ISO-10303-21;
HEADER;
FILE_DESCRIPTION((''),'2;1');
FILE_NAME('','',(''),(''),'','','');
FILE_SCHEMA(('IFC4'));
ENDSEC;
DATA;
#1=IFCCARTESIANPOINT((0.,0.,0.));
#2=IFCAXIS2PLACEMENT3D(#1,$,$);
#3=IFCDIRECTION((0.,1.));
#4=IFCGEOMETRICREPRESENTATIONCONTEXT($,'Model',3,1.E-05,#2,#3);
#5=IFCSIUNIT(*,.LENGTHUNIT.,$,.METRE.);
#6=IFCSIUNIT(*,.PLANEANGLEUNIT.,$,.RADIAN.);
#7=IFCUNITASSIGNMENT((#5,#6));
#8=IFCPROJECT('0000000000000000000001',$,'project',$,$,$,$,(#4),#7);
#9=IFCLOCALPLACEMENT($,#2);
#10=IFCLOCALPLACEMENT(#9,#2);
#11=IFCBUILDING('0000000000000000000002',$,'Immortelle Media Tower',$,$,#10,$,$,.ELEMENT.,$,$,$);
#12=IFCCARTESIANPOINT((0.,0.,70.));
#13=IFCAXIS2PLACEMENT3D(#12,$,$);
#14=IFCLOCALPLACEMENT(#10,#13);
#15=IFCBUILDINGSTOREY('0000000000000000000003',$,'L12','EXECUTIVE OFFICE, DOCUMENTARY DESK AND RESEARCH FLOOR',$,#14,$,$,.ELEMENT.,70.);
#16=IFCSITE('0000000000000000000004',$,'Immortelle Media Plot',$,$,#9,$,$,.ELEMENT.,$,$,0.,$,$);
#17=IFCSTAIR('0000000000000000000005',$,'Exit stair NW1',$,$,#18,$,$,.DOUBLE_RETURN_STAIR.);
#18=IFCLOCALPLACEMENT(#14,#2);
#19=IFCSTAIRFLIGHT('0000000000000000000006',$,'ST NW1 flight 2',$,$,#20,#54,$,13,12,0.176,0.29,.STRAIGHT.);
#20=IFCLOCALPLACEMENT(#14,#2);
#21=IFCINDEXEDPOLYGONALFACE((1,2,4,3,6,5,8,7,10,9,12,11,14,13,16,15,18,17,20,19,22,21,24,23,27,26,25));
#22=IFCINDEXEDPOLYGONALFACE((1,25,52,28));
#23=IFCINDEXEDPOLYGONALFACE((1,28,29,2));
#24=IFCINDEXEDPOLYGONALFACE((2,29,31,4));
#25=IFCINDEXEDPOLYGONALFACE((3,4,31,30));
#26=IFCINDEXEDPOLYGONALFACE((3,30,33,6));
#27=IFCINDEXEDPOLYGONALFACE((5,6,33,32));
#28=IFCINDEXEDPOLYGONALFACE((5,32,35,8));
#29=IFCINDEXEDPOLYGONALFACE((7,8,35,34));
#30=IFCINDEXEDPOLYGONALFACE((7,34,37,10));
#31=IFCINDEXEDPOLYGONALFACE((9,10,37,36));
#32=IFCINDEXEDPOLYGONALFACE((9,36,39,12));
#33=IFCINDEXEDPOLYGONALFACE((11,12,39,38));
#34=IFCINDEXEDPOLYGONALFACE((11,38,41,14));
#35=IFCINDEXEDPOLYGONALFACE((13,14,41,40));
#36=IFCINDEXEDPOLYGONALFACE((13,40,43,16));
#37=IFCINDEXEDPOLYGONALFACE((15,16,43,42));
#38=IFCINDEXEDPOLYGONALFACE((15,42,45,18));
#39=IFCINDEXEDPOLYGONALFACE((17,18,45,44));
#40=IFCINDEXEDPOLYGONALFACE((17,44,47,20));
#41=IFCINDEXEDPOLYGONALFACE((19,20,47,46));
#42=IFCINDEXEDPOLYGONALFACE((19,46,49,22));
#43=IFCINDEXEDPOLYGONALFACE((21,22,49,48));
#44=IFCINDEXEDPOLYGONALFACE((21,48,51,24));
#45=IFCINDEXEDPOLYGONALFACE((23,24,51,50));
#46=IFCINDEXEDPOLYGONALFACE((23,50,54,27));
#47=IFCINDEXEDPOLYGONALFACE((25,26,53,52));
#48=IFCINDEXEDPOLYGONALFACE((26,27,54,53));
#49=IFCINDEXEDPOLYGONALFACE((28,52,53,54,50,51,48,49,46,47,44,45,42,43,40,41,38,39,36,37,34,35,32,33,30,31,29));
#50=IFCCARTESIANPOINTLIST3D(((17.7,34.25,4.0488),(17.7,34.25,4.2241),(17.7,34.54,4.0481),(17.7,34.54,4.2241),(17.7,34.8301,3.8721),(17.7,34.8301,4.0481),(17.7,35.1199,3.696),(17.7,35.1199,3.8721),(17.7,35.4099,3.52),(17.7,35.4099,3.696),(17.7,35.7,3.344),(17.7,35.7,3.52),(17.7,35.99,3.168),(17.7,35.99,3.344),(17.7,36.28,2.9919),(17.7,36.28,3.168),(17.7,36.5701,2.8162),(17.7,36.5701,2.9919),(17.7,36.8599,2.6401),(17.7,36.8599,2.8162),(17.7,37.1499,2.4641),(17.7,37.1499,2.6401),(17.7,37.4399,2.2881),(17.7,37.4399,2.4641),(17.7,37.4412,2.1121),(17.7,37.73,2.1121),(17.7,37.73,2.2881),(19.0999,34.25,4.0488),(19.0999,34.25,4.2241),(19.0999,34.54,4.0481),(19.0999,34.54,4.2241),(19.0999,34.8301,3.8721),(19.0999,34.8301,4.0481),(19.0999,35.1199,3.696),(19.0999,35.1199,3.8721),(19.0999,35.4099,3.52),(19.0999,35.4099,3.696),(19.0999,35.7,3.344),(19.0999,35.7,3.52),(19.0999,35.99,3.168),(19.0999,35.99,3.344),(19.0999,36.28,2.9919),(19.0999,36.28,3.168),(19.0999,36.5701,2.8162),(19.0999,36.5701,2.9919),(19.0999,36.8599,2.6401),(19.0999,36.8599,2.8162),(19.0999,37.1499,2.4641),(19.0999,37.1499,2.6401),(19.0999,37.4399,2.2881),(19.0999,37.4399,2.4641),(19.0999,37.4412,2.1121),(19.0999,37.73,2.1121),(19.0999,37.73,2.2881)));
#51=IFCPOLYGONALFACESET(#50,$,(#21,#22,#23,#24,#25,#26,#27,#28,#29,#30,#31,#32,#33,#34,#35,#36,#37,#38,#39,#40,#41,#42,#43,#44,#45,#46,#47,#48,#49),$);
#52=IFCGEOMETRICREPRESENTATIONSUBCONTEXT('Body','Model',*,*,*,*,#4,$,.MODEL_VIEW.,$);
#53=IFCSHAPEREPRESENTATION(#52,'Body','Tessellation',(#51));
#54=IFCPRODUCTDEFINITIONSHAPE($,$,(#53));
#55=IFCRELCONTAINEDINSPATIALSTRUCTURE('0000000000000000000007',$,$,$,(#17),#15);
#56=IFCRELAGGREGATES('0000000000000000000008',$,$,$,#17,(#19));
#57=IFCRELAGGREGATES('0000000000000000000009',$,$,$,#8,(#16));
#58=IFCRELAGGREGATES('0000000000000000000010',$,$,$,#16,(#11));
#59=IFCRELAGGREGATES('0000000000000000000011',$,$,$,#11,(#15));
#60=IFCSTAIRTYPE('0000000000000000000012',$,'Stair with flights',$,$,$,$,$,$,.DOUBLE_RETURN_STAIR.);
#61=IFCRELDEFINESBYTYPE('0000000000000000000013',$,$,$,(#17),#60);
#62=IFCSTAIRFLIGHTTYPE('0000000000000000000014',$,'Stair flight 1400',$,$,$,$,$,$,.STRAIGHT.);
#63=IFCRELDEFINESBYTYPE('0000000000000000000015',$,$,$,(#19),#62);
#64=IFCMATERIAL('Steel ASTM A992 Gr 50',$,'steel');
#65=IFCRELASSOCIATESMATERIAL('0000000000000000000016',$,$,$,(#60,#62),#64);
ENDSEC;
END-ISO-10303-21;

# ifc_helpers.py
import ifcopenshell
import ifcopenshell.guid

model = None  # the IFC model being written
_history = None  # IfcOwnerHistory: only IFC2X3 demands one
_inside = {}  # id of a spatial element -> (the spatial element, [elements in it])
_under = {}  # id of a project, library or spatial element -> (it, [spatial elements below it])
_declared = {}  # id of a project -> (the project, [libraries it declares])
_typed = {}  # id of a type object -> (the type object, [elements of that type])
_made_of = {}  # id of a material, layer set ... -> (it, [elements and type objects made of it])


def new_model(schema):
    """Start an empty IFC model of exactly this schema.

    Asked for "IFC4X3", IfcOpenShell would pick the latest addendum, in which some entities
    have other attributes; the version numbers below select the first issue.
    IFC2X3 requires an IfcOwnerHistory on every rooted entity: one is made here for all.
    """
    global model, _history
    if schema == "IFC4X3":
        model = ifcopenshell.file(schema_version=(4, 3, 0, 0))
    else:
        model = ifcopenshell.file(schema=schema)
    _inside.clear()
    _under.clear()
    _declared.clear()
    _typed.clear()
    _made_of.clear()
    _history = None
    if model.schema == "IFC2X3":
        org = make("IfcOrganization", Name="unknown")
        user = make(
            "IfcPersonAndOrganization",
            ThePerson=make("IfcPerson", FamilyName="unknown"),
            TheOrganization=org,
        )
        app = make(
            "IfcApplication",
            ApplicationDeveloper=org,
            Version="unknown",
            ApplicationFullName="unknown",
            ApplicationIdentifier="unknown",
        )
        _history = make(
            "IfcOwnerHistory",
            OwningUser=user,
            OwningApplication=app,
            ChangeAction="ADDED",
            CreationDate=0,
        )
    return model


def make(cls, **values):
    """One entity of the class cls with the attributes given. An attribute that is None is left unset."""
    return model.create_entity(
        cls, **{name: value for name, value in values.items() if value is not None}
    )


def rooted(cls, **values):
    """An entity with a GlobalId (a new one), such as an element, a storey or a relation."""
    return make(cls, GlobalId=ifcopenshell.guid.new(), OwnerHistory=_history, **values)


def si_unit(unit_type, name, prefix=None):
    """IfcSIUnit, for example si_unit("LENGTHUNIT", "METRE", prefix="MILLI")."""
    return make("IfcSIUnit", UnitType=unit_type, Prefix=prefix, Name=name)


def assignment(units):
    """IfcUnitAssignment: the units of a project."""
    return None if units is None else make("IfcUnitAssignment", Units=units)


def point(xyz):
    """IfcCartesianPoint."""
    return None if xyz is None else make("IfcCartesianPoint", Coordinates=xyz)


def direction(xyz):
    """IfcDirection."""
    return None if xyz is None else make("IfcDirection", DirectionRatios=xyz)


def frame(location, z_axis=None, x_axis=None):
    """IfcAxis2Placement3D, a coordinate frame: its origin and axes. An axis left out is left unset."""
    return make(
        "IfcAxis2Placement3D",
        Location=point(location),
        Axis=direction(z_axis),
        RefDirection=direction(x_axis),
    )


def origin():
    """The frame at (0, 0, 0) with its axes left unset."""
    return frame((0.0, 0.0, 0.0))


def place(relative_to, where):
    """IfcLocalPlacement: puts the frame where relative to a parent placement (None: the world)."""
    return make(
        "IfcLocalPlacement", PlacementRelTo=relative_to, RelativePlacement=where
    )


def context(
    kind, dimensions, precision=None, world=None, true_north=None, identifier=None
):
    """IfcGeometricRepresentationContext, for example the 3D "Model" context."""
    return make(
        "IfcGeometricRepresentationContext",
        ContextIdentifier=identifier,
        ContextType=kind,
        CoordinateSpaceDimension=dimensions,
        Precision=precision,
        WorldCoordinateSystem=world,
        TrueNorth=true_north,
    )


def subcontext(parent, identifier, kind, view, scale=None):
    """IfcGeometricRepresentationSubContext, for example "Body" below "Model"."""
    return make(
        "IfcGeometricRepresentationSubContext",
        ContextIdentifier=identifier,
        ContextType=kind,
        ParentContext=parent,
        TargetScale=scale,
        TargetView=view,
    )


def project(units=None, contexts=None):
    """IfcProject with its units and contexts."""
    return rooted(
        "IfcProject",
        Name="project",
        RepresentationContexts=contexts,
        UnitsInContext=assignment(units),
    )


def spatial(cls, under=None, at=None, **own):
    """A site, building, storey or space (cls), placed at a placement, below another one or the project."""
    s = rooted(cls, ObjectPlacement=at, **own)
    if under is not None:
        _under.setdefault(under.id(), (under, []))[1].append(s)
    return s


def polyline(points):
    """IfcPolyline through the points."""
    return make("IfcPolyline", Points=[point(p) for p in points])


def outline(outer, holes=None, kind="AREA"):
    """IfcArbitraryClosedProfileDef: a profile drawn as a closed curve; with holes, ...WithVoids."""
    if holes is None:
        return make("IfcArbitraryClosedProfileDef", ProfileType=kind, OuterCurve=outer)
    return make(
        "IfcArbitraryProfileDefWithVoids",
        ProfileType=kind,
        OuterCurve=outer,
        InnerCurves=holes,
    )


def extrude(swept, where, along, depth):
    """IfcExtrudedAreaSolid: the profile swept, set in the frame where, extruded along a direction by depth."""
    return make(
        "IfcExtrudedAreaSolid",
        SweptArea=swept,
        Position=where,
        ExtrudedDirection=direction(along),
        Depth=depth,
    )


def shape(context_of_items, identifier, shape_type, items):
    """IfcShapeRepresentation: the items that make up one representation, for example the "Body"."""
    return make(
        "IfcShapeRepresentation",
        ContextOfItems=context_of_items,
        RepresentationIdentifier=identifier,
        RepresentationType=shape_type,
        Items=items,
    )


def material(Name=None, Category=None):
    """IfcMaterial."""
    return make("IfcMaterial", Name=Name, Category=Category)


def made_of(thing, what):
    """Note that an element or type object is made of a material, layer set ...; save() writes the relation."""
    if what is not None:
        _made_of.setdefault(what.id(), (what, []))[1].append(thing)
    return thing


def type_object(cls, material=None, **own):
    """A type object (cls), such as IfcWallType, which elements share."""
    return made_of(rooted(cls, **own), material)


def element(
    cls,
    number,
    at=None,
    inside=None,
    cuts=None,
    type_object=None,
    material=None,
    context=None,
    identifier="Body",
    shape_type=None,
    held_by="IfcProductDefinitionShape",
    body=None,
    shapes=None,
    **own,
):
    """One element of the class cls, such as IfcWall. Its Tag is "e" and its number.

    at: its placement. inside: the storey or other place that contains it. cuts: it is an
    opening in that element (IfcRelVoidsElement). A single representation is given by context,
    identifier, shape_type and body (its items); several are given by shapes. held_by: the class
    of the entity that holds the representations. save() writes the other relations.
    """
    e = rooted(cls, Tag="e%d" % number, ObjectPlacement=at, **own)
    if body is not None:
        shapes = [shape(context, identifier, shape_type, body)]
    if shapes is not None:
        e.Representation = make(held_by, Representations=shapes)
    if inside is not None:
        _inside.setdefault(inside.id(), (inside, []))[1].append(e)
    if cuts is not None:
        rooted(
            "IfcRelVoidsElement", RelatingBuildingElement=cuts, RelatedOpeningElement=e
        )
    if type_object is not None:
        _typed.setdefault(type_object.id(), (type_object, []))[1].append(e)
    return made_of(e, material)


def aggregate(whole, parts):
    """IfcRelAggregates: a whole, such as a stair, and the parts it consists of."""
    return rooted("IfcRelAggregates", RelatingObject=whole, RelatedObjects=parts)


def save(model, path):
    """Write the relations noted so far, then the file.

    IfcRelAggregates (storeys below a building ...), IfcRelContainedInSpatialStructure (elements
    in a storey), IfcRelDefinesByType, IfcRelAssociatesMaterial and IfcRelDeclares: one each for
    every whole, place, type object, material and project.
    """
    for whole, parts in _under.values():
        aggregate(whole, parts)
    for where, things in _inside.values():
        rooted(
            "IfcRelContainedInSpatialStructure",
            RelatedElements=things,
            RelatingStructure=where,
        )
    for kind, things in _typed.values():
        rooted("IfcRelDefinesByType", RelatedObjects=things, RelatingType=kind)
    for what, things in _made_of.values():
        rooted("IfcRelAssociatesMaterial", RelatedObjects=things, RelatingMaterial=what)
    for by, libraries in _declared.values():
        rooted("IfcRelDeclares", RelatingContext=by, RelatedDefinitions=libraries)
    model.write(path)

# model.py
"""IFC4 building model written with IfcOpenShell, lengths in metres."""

from ifc_helpers import new_model, si_unit, direction, frame, origin, place, context, subcontext, project, spatial, polyline, outline, extrude, material, type_object, element, aggregate, save


model = new_model("IFC4")

# Units and contexts
model_context = context("Model", 3, precision=1e-05, world=origin(), true_north=direction((0.0, 1.0)))
body_context = subcontext(model_context, "Body", "Model", "MODEL_VIEW")
ifc_project = project(units=[si_unit("LENGTHUNIT", "METRE"), si_unit("PLANEANGLEUNIT", "RADIAN")], contexts=[model_context])

# Site, building, storey
site_placement = place(None, origin())
site = spatial("IfcSite", under=ifc_project, at=site_placement, Name="Immortelle Media Plot", CompositionType="ELEMENT", RefElevation=0.0)
building_placement = place(site_placement, origin())
building = spatial("IfcBuilding", under=site, at=building_placement, Name="Immortelle Media Tower", CompositionType="ELEMENT")
storey_placement = place(building_placement, frame((0.0, 0.0, 70.0)))
storey = spatial("IfcBuildingStorey", under=building, at=storey_placement, Name="L12", Description="EXECUTIVE OFFICE, DOCUMENTARY DESK AND RESEARCH FLOOR", CompositionType="ELEMENT", Elevation=70.0)

# Shared definitions
ifc_material_1 = material(Name="Steel ASTM A992 Gr 50", Category="steel")

# Stair, stair flight
stair_type = type_object("IfcStairType", Name="Stair with flights", PredefinedType="DOUBLE_RETURN_STAIR", material=ifc_material_1)
stair_placement = place(storey_placement, origin())
stair = element("IfcStair", 1, at=stair_placement, inside=storey, type_object=stair_type, Name="Exit stair NW1", PredefinedType="DOUBLE_RETURN_STAIR")
stair_flight_type = type_object("IfcStairFlightType", Name="Stair flight 1400", PredefinedType="STRAIGHT", material=ifc_material_1)
stair_flight_1_placement = place(storey_placement, frame((18.3999, 37.73, 2.1121), z_axis=(0.0, 0.0, 1.0), x_axis=(0.0, -1.0, 0.0)))
stair_flight_1 = element("IfcStairFlight", 2, at=stair_flight_1_placement, type_object=stair_flight_type, Name="ST NW1 flight 2", NumberOfRisers=13, NumberOfTreads=12, PredefinedType="STRAIGHT", RiserHeight=0.176, TreadLength=0.29, context=body_context, shape_type="SweptSolid", body=[
    extrude(outline(polyline([(0.0, 0.0), (0.0, 0.176), (0.29, 0.176), (0.29, 0.3521), (0.5801, 0.3521), (0.5801, 0.5281), (0.8701, 0.5281), (0.8701, 0.7041), (1.1599, 0.7041), (1.1599, 0.8799), (1.45, 0.8799), (1.45, 1.0559), (1.74, 1.0559), (1.74, 1.2319), (2.03, 1.2319), (2.03, 1.408), (2.3201, 1.408), (2.3201, 1.584), (2.6101, 1.584), (2.6101, 1.76), (2.8999, 1.76), (2.8999, 1.936), (3.1899, 1.936), (3.1899, 2.1121), (3.48, 2.1121), (3.48, 2.2881), (3.48, 1.9368), (0.2888, 0.0), (0.0, 0.0)])), frame((0.0, 0.7, 0.0), z_axis=(0.0, -1.0, 0.0), x_axis=(1.0, 0.0, 0.0)), (0.0, 0.0, 1.0), 1.3999),
])
aggregate(stair, [stair_flight_1])

save(model, "model.ifc")
